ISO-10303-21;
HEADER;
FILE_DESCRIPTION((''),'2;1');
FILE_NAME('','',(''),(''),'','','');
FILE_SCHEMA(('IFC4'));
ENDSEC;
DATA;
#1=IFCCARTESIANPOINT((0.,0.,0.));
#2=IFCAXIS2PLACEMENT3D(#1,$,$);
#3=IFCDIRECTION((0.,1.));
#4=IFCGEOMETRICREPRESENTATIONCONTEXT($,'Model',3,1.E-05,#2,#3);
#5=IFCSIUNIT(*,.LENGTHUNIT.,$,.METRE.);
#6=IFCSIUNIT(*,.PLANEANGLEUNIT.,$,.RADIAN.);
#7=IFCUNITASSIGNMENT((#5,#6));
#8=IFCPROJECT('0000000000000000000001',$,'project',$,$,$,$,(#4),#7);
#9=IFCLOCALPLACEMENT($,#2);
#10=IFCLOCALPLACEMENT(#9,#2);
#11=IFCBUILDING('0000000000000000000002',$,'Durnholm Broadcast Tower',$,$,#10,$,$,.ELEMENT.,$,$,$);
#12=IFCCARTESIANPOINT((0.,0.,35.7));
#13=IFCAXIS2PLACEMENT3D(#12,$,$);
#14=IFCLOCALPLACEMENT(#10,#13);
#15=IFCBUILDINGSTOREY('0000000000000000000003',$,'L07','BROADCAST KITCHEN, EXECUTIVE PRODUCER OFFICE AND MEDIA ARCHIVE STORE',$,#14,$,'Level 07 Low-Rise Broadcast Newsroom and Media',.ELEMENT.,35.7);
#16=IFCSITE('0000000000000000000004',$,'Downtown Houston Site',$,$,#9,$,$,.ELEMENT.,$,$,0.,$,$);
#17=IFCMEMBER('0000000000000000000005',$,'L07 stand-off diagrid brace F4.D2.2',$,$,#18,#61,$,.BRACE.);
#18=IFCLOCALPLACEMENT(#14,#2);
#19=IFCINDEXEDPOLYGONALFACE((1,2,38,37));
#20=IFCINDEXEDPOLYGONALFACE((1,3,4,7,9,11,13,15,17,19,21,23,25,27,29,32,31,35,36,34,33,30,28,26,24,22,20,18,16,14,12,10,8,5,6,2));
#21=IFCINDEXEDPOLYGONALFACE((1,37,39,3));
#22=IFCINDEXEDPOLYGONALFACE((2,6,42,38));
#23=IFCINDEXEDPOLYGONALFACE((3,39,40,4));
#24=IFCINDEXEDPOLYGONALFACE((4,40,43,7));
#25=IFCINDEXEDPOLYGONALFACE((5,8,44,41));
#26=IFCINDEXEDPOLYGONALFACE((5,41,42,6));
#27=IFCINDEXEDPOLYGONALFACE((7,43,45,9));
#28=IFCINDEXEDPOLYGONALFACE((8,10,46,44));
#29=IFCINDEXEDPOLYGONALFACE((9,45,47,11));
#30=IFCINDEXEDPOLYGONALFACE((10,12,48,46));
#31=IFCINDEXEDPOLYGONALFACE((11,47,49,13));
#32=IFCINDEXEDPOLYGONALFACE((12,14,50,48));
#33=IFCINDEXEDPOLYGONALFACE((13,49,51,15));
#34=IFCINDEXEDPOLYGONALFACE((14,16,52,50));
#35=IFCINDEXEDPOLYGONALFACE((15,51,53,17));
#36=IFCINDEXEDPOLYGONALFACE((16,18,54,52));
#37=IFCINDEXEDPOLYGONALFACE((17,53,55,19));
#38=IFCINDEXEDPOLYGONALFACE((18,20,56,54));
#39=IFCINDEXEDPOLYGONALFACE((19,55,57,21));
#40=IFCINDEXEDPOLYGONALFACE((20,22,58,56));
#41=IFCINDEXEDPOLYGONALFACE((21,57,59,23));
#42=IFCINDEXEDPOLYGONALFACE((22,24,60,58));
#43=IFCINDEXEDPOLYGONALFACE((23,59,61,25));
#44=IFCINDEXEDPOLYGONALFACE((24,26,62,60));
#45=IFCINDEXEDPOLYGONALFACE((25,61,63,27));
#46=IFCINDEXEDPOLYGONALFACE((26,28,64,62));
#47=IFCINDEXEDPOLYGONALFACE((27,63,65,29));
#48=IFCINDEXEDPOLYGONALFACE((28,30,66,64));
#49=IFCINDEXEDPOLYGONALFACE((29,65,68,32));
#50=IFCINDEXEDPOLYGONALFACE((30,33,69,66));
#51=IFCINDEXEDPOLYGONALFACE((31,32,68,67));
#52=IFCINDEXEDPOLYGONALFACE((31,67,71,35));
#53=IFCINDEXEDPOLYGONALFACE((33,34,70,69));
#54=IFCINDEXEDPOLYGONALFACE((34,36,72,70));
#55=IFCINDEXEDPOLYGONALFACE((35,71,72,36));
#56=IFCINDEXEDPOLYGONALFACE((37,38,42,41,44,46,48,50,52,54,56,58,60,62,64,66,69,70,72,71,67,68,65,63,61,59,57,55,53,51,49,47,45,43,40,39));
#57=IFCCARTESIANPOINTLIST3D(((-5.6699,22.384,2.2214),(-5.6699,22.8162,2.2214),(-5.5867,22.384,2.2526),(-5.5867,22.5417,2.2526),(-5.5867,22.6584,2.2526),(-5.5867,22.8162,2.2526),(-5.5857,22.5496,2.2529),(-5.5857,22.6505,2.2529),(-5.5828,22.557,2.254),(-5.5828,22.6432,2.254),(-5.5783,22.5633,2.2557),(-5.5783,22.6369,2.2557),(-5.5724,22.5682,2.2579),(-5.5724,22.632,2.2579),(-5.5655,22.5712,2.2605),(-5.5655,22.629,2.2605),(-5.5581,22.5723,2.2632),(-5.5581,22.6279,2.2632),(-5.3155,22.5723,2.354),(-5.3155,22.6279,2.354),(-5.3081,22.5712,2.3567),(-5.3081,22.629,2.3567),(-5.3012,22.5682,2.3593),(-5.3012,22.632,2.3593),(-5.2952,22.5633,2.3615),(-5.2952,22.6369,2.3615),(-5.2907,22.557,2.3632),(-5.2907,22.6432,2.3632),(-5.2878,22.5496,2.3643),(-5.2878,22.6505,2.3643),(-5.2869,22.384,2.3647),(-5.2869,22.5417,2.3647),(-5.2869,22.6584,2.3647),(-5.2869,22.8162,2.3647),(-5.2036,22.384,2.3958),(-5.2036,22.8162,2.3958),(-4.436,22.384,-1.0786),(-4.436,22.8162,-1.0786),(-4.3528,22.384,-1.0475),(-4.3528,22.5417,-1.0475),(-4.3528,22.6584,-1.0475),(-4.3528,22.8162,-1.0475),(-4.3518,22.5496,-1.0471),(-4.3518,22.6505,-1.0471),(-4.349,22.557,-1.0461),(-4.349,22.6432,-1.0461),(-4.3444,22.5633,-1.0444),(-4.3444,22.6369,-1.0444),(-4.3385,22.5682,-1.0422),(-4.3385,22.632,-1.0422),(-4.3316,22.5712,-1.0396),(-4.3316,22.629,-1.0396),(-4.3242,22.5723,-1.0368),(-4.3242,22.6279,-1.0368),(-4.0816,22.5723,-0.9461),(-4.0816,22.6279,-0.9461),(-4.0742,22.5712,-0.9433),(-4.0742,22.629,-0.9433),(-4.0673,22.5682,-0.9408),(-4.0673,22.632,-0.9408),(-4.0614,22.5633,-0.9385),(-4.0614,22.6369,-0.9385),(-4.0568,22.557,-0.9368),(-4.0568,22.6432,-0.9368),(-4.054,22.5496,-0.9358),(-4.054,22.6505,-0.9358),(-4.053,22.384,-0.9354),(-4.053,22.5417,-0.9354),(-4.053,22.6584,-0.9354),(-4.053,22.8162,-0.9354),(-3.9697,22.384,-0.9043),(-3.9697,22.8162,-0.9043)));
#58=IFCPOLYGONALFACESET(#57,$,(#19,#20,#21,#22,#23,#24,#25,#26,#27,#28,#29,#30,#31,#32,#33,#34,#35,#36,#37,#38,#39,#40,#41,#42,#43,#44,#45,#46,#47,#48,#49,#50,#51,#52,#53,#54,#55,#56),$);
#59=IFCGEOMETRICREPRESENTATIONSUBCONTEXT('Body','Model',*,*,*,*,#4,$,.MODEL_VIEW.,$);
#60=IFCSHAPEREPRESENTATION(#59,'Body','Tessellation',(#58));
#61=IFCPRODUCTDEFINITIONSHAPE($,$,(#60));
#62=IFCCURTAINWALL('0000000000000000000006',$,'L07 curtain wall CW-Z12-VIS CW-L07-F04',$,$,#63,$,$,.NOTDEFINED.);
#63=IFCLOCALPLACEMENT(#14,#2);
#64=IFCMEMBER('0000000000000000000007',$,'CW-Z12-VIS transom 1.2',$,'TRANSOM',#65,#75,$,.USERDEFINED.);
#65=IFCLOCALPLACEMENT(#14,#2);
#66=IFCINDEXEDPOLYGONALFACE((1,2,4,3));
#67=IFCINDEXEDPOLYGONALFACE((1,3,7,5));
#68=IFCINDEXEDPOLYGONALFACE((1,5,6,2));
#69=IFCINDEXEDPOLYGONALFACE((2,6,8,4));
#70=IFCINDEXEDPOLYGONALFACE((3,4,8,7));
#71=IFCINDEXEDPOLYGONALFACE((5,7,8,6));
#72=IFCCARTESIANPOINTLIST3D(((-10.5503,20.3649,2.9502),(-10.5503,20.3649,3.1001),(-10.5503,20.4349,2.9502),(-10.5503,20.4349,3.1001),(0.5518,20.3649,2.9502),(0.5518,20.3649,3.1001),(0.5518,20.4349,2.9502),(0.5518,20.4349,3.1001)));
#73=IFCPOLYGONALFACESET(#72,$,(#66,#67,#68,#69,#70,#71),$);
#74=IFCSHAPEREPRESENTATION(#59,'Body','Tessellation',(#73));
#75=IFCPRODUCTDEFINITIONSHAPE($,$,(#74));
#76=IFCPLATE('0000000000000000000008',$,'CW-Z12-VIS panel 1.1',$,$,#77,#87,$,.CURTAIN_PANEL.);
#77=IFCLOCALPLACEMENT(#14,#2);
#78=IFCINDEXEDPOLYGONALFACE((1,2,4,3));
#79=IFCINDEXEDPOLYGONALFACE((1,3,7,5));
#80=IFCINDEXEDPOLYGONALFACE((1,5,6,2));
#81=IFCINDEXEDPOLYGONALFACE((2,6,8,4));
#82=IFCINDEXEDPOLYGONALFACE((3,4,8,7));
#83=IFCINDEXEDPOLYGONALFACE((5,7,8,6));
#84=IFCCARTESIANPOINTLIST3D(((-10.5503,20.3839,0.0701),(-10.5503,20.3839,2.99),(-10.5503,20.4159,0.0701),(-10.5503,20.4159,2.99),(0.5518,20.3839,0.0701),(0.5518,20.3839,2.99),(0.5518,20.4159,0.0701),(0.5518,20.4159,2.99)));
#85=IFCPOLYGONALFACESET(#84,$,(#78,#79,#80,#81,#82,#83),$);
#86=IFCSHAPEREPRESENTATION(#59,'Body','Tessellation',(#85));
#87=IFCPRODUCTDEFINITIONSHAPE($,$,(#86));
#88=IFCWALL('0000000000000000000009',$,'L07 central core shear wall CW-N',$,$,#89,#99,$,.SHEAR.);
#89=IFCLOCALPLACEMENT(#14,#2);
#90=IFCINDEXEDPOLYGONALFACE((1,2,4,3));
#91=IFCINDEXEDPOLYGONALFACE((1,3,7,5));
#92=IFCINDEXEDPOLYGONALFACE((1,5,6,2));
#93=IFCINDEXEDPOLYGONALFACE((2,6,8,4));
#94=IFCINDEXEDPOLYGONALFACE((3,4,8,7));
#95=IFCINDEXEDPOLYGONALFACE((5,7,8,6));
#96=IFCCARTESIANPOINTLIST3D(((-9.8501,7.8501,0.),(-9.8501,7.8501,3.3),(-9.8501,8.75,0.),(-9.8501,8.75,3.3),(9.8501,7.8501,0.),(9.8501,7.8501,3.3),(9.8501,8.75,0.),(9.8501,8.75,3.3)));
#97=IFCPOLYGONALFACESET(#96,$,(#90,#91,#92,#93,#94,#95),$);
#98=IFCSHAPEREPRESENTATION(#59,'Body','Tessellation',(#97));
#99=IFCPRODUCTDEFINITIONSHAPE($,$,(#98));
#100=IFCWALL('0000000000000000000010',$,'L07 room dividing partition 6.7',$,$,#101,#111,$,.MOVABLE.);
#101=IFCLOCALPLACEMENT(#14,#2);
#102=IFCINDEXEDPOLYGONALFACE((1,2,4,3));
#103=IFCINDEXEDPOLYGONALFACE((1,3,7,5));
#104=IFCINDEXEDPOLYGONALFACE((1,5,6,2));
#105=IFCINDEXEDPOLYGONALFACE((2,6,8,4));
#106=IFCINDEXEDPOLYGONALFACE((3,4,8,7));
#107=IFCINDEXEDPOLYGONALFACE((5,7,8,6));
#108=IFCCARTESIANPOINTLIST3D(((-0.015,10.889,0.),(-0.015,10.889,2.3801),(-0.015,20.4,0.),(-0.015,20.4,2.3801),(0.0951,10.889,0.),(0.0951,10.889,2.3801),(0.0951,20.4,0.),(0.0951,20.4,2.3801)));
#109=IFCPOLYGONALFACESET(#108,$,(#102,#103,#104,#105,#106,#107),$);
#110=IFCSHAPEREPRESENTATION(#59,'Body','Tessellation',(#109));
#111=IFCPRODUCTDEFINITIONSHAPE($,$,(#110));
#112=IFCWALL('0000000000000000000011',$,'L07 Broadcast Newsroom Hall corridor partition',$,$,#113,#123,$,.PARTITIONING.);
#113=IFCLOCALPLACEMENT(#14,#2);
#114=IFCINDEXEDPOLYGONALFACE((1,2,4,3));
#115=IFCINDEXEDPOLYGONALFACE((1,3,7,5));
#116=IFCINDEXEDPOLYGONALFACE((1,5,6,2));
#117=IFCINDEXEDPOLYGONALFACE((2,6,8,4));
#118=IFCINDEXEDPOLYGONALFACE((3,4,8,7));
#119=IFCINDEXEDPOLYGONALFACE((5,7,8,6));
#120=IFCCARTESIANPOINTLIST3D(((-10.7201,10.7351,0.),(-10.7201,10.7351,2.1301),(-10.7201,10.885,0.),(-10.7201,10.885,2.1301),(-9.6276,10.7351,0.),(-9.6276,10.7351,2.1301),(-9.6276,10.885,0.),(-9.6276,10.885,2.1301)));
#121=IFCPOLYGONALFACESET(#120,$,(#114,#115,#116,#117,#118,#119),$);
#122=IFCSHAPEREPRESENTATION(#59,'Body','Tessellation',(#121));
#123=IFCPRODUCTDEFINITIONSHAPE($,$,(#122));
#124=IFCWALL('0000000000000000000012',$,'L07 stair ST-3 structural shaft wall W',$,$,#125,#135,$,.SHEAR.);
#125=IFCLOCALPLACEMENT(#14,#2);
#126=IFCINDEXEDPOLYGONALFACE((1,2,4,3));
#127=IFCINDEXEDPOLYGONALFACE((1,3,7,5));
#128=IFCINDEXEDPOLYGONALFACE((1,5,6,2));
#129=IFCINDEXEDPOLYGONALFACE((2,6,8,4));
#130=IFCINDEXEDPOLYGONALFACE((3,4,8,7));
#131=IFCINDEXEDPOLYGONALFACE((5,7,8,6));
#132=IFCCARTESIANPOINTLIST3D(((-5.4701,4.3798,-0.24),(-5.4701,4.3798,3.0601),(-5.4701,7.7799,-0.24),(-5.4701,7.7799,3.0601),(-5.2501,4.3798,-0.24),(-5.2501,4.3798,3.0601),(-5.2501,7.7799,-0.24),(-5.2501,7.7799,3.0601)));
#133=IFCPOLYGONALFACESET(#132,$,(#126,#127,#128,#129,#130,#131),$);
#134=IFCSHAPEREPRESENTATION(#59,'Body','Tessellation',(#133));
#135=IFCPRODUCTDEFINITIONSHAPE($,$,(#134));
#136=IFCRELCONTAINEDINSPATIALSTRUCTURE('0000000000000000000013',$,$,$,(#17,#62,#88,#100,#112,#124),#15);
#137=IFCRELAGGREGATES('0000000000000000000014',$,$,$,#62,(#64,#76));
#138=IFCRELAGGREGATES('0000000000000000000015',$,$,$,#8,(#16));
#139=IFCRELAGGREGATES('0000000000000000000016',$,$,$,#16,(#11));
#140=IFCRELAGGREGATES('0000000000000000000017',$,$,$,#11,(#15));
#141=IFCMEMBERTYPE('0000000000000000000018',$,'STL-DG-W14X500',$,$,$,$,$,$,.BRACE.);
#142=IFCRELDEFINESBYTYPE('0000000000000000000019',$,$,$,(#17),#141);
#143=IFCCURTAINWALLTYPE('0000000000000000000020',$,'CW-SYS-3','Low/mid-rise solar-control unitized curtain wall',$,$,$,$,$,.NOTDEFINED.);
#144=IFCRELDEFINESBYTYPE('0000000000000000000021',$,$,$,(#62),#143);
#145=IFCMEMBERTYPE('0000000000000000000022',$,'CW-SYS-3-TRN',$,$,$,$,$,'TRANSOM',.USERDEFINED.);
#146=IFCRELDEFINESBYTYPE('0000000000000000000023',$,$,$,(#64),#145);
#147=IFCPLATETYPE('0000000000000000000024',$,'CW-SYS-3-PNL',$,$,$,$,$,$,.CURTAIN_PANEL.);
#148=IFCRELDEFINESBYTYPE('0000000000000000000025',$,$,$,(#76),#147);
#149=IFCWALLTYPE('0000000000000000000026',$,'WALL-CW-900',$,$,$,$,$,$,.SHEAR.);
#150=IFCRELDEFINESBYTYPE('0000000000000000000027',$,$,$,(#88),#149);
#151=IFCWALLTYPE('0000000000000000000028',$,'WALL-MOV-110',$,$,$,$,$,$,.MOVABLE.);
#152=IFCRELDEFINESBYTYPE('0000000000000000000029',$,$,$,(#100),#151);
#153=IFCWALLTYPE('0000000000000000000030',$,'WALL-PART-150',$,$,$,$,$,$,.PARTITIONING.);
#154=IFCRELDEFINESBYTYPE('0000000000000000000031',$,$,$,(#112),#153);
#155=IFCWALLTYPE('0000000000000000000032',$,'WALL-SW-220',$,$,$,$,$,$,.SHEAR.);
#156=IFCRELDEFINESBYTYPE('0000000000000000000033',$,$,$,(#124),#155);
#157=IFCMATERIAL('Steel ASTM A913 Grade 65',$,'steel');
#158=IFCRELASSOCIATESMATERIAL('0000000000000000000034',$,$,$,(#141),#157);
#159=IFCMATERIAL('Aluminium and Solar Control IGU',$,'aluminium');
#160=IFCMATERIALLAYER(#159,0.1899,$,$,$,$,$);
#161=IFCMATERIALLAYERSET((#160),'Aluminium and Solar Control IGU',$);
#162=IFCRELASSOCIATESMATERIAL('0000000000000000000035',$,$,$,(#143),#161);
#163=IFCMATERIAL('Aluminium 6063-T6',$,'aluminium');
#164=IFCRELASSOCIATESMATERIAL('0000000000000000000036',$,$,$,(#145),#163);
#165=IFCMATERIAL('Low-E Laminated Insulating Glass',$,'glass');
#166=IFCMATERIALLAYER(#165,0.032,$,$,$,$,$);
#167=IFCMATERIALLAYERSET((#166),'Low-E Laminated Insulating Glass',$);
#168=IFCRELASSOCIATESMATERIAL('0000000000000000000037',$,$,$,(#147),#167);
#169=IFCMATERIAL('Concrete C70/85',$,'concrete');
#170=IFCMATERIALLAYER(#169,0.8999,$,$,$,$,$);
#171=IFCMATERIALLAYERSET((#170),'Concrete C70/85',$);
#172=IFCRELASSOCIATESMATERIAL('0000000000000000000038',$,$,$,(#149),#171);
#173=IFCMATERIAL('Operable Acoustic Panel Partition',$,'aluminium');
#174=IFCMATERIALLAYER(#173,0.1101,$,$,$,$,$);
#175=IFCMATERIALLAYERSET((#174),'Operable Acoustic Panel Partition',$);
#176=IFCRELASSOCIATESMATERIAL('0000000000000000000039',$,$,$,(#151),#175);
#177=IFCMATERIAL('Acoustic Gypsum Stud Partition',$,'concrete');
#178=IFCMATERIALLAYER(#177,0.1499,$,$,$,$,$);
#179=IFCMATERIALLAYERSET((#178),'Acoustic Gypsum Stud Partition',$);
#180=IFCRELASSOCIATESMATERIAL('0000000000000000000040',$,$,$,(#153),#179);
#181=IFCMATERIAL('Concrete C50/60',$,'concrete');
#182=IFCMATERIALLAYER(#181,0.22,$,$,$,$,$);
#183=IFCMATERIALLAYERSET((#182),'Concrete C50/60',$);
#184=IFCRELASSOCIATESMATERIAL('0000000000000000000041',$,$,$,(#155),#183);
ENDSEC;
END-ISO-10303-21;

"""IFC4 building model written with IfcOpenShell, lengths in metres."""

from ifc_helpers import new_model, si_unit, direction, frame, frame_2d, origin, origin_2d, place, context, subcontext, project, spatial, rectangle, i_section, extrude, source, transform, mapped, material, layer, layer_set, material_profile, profile_set, type_object, type_shapes, element, aggregate, save


model = new_model("IFC4")

# Units and contexts
model_context = context("Model", 3, precision=1e-05, world=origin(), true_north=direction((0.0, 1.0)))
body_context = subcontext(model_context, "Body", "Model", "MODEL_VIEW")
ifc_project = project(units=[si_unit("LENGTHUNIT", "METRE"), si_unit("PLANEANGLEUNIT", "RADIAN")], contexts=[model_context])

# Site, building, storey
site_placement = place(None, origin())
site = spatial("IfcSite", under=ifc_project, at=site_placement, Name="Downtown Houston Site", CompositionType="ELEMENT", RefElevation=0.0)
building_placement = place(site_placement, origin())
building = spatial("IfcBuilding", under=site, at=building_placement, Name="Durnholm Broadcast Tower", CompositionType="ELEMENT")
storey_placement = place(building_placement, frame((0.0, 0.0, 35.7)))
storey = spatial("IfcBuildingStorey", under=building, at=storey_placement, Name="L07", Description="BROADCAST KITCHEN, EXECUTIVE PRODUCER OFFICE AND MEDIA ARCHIVE STORE", LongName="Level 07 Low-Rise Broadcast Newsroom and Media", CompositionType="ELEMENT", Elevation=35.7)

# Shared definitions
ifc_material_1 = material(Name="Concrete C70/85", Category="concrete")

# Member
ifc_material_2 = material(Name="Steel ASTM A913 Grade 65", Category="steel")
ifc_material_profile_1 = material_profile(ifc_material_2, i_section(OverallWidth=0.4321, OverallDepth=0.4978, WebThickness=0.0557, FlangeThickness=0.0889, FilletRadius=0.0305, at=origin_2d()), Name="W14X500")
ifc_profile_set_1 = profile_set([ifc_material_profile_1], Name="Steel ASTM A913 Grade 65")
member_type_1 = type_object("IfcMemberType", Name="STL-DG-W14X500", PredefinedType="BRACE", material=ifc_profile_set_1)
shared_shape_1 = source(origin(), body_context, "Body", "SweptSolid", [
    extrude(i_section(OverallWidth=0.4321, OverallDepth=0.4978, WebThickness=0.0557, FlangeThickness=0.0889, FilletRadius=0.0305, at=origin_2d()), origin(), (0.0, 0.0, 1.0), 3.5232),
])
type_shapes(member_type_1, [shared_shape_1])
for number, where, z_axis, x_axis, name in (
    (1, (-4.2029, 22.6001, -0.9915), (-0.35022, 0.0, 0.936668), (0.0, -1.0, 0.0), "L07 stand-off diagrid brace F4.D2.2"),
):
    element("IfcMember", number, at=place(storey_placement, frame(where, z_axis=z_axis, x_axis=x_axis)), inside=storey, type_object=member_type_1, Name=name, PredefinedType="BRACE", context=body_context, shape_type="MappedRepresentation", body=[
        mapped(shared_shape_1, transform((0.0, 0.0, 0.0), x_axis=(1.0, 0.0, 0.0), y_axis=(0.0, 1.0, 0.0), z_axis=(0.0, 0.0, 1.0), scale=1.0)),
    ])

# Curtain wall, member, plate
ifc_material_3 = material(Name="Aluminium and Solar Control IGU", Category="aluminium")
ifc_layer_1 = layer(ifc_material_3, 0.1899)
ifc_layer_set_1 = layer_set([ifc_layer_1], Name="Aluminium and Solar Control IGU")
curtain_wall_type = type_object("IfcCurtainWallType", Name="CW-SYS-3", Description="Low/mid-rise solar-control unitized curtain wall", PredefinedType="NOTDEFINED", material=ifc_layer_set_1)
curtain_wall_placement = place(storey_placement, origin())
curtain_wall = element("IfcCurtainWall", 2, at=curtain_wall_placement, inside=storey, type_object=curtain_wall_type, Name="L07 curtain wall CW-Z12-VIS CW-L07-F04", PredefinedType="NOTDEFINED")
ifc_material_4 = material(Name="Aluminium 6063-T6", Category="aluminium")
ifc_material_profile_2 = material_profile(ifc_material_4, rectangle(XDim=0.0701, YDim=0.1499, at=origin_2d()), Name="CWT70X150")
ifc_profile_set_2 = profile_set([ifc_material_profile_2], Name="Aluminium 6063-T6")
member_type_2 = type_object("IfcMemberType", Name="CW-SYS-3-TRN", ElementType="TRANSOM", PredefinedType="USERDEFINED", material=ifc_profile_set_2)
shared_shape_2 = source(origin(), body_context, "Body", "SweptSolid", [
    extrude(rectangle(XDim=0.0701, YDim=0.1499, at=origin_2d()), origin(), (0.0, 0.0, 1.0), 11.1021),
])
type_shapes(member_type_2, [shared_shape_2])
member_placement = place(storey_placement, frame((-10.5503, 20.3999, 3.0251), z_axis=(1.0, 0.0, 0.0), x_axis=(0.0, 1.0, 0.0)))
member = element("IfcMember", 3, at=member_placement, type_object=member_type_2, Name="CW-Z12-VIS transom 1.2", ObjectType="TRANSOM", PredefinedType="USERDEFINED", context=body_context, shape_type="MappedRepresentation", body=[
    mapped(shared_shape_2, transform((0.0, 0.0, 0.0), x_axis=(1.0, 0.0, 0.0), y_axis=(0.0, 1.0, 0.0), z_axis=(0.0, 0.0, 1.0), scale=1.0)),
])
ifc_material_5 = material(Name="Low-E Laminated Insulating Glass", Category="glass")
ifc_layer_2 = layer(ifc_material_5, 0.032)
ifc_layer_set_2 = layer_set([ifc_layer_2], Name="Low-E Laminated Insulating Glass")
plate_type = type_object("IfcPlateType", Name="CW-SYS-3-PNL", PredefinedType="CURTAIN_PANEL", material=ifc_layer_set_2)
shared_shape_3 = source(origin(), body_context, "Body", "SweptSolid", [
    extrude(rectangle(XDim=11.1021, YDim=0.032, at=origin_2d()), origin(), (0.0, 0.0, 1.0), 2.9199),
])
type_shapes(plate_type, [shared_shape_3])
plate_placement = place(storey_placement, frame((-4.9993, 20.3999, 0.0701), z_axis=(0.0, 0.0, 1.0), x_axis=(1.0, 0.0, 0.0)))
plate = element("IfcPlate", 4, at=plate_placement, type_object=plate_type, Name="CW-Z12-VIS panel 1.1", PredefinedType="CURTAIN_PANEL", context=body_context, shape_type="MappedRepresentation", body=[
    mapped(shared_shape_3, transform((0.0, 0.0, 0.0), x_axis=(1.0, 0.0, 0.0), y_axis=(0.0, 1.0, 0.0), z_axis=(0.0, 0.0, 1.0), scale=1.0)),
])
aggregate(curtain_wall, [member, plate])

# Walls
ifc_layer_3 = layer(ifc_material_1, 0.8999)
ifc_layer_set_3 = layer_set([ifc_layer_3], Name="Concrete C70/85")
wall_type_1 = type_object("IfcWallType", Name="WALL-CW-900", PredefinedType="SHEAR", material=ifc_layer_set_3)
wall_1_placement = place(storey_placement, frame((-9.8501, 8.3, 0.0), z_axis=(0.0, 0.0, 1.0), x_axis=(1.0, 0.0, 0.0)))
element("IfcWall", 5, at=wall_1_placement, inside=storey, type_object=wall_type_1, Name="L07 central core shear wall CW-N", PredefinedType="SHEAR", context=body_context, shape_type="SweptSolid", body=[
    extrude(rectangle(XDim=19.7002, YDim=0.8999, at=frame_2d((9.8501, 0.0))), origin(), (0.0, 0.0, 1.0), 3.3),
])
ifc_material_6 = material(Name="Operable Acoustic Panel Partition", Category="aluminium")
ifc_layer_4 = layer(ifc_material_6, 0.1101)
ifc_layer_set_4 = layer_set([ifc_layer_4], Name="Operable Acoustic Panel Partition")
wall_type_2 = type_object("IfcWallType", Name="WALL-MOV-110", PredefinedType="MOVABLE", material=ifc_layer_set_4)
wall_2_placement = place(storey_placement, frame((0.04, 20.3999, 0.0), z_axis=(0.0, 0.0, 1.0), x_axis=(0.0, -1.0, 0.0)))
element("IfcWall", 6, at=wall_2_placement, inside=storey, type_object=wall_type_2, Name="L07 room dividing partition 6.7", PredefinedType="MOVABLE", context=body_context, shape_type="SweptSolid", body=[
    extrude(rectangle(XDim=9.511, YDim=0.1101, at=frame_2d((4.7554, 0.0))), origin(), (0.0, 0.0, 1.0), 2.3801),
])

# Shared definitions
ifc_material_7 = material(Name="Acoustic Gypsum Stud Partition", Category="concrete")
ifc_layer_5 = layer(ifc_material_7, 0.1499)
ifc_layer_set_5 = layer_set([ifc_layer_5], Name="Acoustic Gypsum Stud Partition")
wall_type_3 = type_object("IfcWallType", Name="WALL-PART-150", PredefinedType="PARTITIONING", material=ifc_layer_set_5)

# Walls
wall_3_placement = place(storey_placement, frame((-9.6274, 10.8101, 0.0), z_axis=(0.0, 0.0, 1.0), x_axis=(-1.0, 0.0, 0.0)))
element("IfcWall", 7, at=wall_3_placement, inside=storey, type_object=wall_type_3, Name="L07 Broadcast Newsroom Hall corridor partition", PredefinedType="PARTITIONING", context=body_context, shape_type="SweptSolid", body=[
    extrude(rectangle(XDim=1.0925, YDim=0.1499, at=frame_2d((0.5464, 0.0))), origin(), (0.0, 0.0, 1.0), 2.1301),
])
ifc_material_8 = material(Name="Concrete C50/60", Category="concrete")
ifc_layer_6 = layer(ifc_material_8, 0.22)
ifc_layer_set_6 = layer_set([ifc_layer_6], Name="Concrete C50/60")
wall_type_4 = type_object("IfcWallType", Name="WALL-SW-220", PredefinedType="SHEAR", material=ifc_layer_set_6)
wall_4_placement = place(storey_placement, frame((-5.3601, 7.78, -0.24), z_axis=(0.0, 0.0, 1.0), x_axis=(0.0, -1.0, 0.0)))
element("IfcWall", 8, at=wall_4_placement, inside=storey, type_object=wall_type_4, Name="L07 stair ST-3 structural shaft wall W", PredefinedType="SHEAR", context=body_context, shape_type="SweptSolid", body=[
    extrude(rectangle(XDim=3.4001, YDim=0.22, at=frame_2d((1.7002, 0.0))), origin(), (0.0, 0.0, 1.0), 3.3),
])

save(model, "model.ifc")
